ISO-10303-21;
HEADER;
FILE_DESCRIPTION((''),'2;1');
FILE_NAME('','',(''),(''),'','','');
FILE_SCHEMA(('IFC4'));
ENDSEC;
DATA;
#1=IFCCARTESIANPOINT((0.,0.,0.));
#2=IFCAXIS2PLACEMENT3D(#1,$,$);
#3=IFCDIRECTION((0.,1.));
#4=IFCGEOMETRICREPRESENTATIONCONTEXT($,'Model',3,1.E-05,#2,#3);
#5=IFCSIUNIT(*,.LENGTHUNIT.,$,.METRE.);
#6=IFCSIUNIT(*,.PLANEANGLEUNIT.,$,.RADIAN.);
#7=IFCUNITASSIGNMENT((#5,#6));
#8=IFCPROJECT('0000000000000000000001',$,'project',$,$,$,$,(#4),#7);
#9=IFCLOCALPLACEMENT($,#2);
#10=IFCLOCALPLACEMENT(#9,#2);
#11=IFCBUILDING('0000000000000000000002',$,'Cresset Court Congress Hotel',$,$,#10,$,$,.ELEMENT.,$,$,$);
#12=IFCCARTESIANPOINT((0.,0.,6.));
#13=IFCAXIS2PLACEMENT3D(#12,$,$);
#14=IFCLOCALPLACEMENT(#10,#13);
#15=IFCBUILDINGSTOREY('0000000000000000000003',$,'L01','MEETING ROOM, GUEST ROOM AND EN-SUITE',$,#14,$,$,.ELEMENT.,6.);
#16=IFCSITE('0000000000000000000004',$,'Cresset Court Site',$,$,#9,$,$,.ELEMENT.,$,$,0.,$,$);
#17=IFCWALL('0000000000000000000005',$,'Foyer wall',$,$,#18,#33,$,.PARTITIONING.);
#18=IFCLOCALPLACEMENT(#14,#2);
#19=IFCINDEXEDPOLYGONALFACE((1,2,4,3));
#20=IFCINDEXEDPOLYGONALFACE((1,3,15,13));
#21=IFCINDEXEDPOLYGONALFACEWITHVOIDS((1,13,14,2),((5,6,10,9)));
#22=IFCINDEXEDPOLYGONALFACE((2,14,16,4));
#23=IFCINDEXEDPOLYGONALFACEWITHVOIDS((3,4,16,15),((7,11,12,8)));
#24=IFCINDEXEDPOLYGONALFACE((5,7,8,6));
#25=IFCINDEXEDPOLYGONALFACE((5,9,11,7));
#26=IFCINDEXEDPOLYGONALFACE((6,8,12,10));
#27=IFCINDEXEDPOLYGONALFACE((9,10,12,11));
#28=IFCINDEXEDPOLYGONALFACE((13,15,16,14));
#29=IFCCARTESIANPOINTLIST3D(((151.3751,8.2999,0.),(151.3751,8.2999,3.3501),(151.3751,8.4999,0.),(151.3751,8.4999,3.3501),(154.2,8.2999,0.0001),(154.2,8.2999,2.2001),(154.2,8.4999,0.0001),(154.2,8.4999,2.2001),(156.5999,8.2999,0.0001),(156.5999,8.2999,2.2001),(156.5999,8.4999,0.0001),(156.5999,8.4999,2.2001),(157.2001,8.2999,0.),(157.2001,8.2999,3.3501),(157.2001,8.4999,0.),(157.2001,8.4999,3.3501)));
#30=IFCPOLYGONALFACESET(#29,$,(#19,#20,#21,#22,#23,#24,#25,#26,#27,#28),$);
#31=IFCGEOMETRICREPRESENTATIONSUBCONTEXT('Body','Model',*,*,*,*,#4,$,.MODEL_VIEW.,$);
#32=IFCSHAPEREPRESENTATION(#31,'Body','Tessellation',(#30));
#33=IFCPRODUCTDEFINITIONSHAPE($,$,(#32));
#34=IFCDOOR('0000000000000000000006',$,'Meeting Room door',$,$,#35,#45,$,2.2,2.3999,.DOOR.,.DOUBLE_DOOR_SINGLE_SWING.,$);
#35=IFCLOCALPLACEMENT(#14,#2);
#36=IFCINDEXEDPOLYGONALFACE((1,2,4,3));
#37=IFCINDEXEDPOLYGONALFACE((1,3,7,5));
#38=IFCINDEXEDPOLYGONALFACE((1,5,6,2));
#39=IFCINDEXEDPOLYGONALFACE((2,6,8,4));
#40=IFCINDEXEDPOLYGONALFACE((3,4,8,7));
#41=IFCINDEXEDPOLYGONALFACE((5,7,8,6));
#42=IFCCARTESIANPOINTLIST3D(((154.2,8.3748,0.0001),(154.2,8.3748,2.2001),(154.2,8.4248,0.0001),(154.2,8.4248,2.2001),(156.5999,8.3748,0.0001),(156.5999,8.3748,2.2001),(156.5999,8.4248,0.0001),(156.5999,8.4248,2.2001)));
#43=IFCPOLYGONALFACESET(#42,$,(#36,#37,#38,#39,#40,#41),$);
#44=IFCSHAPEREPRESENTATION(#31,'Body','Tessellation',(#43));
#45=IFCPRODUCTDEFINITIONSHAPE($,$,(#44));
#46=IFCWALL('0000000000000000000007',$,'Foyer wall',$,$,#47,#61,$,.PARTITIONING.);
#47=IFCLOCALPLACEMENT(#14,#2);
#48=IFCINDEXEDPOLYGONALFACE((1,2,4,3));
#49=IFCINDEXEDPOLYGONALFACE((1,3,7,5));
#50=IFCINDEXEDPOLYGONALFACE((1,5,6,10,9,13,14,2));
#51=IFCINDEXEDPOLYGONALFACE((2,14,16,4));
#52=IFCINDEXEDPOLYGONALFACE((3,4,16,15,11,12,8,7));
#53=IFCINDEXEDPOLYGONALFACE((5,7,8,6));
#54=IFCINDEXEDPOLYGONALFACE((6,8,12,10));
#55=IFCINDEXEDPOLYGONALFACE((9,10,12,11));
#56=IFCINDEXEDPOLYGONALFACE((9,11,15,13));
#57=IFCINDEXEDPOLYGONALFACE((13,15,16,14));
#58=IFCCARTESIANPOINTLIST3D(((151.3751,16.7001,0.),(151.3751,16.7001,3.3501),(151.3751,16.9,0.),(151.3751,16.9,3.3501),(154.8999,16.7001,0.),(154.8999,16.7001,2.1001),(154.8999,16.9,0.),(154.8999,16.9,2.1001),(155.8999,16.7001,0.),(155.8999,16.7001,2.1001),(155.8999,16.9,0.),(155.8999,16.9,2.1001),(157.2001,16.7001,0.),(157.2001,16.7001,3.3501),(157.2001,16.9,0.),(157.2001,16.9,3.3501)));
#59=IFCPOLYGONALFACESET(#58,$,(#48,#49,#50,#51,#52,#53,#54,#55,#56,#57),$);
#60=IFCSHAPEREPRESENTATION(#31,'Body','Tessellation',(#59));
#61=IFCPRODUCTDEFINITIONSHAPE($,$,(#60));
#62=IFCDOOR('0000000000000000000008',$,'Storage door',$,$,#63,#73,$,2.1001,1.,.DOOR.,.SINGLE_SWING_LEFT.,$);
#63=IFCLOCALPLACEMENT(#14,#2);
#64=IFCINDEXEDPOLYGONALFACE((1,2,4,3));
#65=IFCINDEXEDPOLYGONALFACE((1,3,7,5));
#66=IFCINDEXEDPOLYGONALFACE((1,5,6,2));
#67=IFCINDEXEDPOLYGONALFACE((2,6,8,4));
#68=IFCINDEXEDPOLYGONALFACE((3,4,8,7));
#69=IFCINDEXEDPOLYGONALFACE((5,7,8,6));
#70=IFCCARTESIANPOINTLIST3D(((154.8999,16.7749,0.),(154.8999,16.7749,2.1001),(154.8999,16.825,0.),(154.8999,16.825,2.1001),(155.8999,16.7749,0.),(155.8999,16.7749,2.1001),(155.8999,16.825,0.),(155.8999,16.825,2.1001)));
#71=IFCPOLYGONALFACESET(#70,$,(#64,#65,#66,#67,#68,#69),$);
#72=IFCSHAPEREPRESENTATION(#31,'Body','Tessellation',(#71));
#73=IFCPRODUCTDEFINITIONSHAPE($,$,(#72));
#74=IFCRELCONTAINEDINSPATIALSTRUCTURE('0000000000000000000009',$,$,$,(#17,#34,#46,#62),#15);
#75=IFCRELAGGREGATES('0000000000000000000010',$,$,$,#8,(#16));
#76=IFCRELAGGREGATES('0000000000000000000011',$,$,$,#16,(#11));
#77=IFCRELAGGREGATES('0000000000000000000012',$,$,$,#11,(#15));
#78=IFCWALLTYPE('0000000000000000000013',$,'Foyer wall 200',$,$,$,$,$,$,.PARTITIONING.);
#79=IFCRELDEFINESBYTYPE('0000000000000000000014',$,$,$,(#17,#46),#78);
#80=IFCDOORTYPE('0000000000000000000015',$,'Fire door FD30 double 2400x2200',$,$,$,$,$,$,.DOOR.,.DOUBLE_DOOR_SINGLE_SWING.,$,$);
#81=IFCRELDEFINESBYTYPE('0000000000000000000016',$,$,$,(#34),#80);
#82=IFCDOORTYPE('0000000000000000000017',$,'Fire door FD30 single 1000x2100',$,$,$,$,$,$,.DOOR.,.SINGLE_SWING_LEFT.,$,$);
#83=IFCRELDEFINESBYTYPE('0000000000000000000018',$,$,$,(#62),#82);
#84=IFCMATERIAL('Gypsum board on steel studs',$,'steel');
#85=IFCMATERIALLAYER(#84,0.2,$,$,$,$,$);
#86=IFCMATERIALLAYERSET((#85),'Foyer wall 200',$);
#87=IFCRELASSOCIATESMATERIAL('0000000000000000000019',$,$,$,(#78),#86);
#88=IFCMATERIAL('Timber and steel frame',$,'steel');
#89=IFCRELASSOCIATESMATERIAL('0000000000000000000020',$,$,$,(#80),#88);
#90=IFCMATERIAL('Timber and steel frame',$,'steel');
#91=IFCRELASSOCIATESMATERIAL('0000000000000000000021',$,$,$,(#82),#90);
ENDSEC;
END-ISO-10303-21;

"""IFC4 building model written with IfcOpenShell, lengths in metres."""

from ifc_helpers import new_model, si_unit, direction, frame, frame_2d, origin, place, context, subcontext, project, spatial, rectangle, extrude, material, layer, layer_set, type_object, element, fill, save


model = new_model("IFC4")

# Units and contexts
model_context = context("Model", 3, precision=1e-05, world=origin(), true_north=direction((0.0, 1.0)))
body_context = subcontext(model_context, "Body", "Model", "MODEL_VIEW")
ifc_project = project(units=[si_unit("LENGTHUNIT", "METRE"), si_unit("PLANEANGLEUNIT", "RADIAN")], contexts=[model_context])

# Site, building, storey
site_placement = place(None, origin())
site = spatial("IfcSite", under=ifc_project, at=site_placement, Name="Cresset Court Site", CompositionType="ELEMENT", RefElevation=0.0)
building_placement = place(site_placement, origin())
building = spatial("IfcBuilding", under=site, at=building_placement, Name="Cresset Court Congress Hotel", CompositionType="ELEMENT")
storey_placement = place(building_placement, frame((0.0, 0.0, 6.0)))
storey = spatial("IfcBuildingStorey", under=building, at=storey_placement, Name="L01", Description="MEETING ROOM, GUEST ROOM AND EN-SUITE", CompositionType="ELEMENT", Elevation=6.0)

# Walls, openings, doors
ifc_material_1 = material(Name="Gypsum board on steel studs", Category="steel")
ifc_layer_1 = layer(ifc_material_1, 0.2)
ifc_layer_set_1 = layer_set([ifc_layer_1], Name="Foyer wall 200")
wall_type_1 = type_object("IfcWallType", Name="Foyer wall 200", PredefinedType="PARTITIONING", material=ifc_layer_set_1)
wall_1_placement = place(storey_placement, frame((151.375, 8.3999, 0.0), z_axis=(0.0, 0.0, 1.0), x_axis=(1.0, 0.0, 0.0)))
wall_1 = element("IfcWall", 1, at=wall_1_placement, inside=storey, type_object=wall_type_1, Name="Foyer wall", PredefinedType="PARTITIONING", context=body_context, shape_type="SweptSolid", body=[
    extrude(rectangle(XDim=5.825, YDim=0.2, at=frame_2d((2.9126, 0.0))), origin(), (0.0, 0.0, 1.0), 3.3501),
])
opening_1_placement = place(wall_1_placement, frame((2.825, 0.0, 0.0)))
opening_1 = element("IfcOpeningElement", 2, at=opening_1_placement, cuts=wall_1, PredefinedType="OPENING", context=body_context, shape_type="SweptSolid", body=[
    extrude(rectangle(XDim=2.3999, YDim=2.2, at=frame_2d((1.2, 1.1001))), frame((0.0, 0.1099, 0.0), z_axis=(0.0, -1.0, 0.0), x_axis=(1.0, 0.0, 0.0)), (0.0, 0.0, 1.0), 0.22),
])
ifc_material_2 = material(Name="Timber and steel frame", Category="steel")
door_type_1 = type_object("IfcDoorType", Name="Fire door FD30 double 2400x2200", OperationType="DOUBLE_DOOR_SINGLE_SWING", PredefinedType="DOOR", material=ifc_material_2)
door_1_placement = place(opening_1_placement, origin())
door_1 = element("IfcDoor", 3, at=door_1_placement, inside=storey, type_object=door_type_1, Name="Meeting Room door", OperationType="DOUBLE_DOOR_SINGLE_SWING", OverallHeight=2.2, OverallWidth=2.3999, PredefinedType="DOOR", context=body_context, shape_type="SweptSolid", body=[
    extrude(rectangle(XDim=2.3999, YDim=2.2, at=frame_2d((1.2, 1.1001))), frame((0.0, 0.0249, 0.0), z_axis=(0.0, -1.0, 0.0), x_axis=(1.0, 0.0, 0.0)), (0.0, 0.0, 1.0), 0.05),
])
fill(opening_1, door_1)
wall_2_placement = place(storey_placement, frame((151.375, 16.8, 0.0), z_axis=(0.0, 0.0, 1.0), x_axis=(1.0, 0.0, 0.0)))
wall_2 = element("IfcWall", 4, at=wall_2_placement, inside=storey, type_object=wall_type_1, Name="Foyer wall", PredefinedType="PARTITIONING", context=body_context, shape_type="SweptSolid", body=[
    extrude(rectangle(XDim=5.825, YDim=0.2, at=frame_2d((2.9126, 0.0))), origin(), (0.0, 0.0, 1.0), 3.3501),
])
opening_2_placement = place(wall_2_placement, frame((3.5249, 0.0, 0.0)))
opening_2 = element("IfcOpeningElement", 5, at=opening_2_placement, cuts=wall_2, PredefinedType="OPENING", context=body_context, shape_type="SweptSolid", body=[
    extrude(rectangle(XDim=1.0, YDim=2.1001, at=frame_2d((0.5, 1.05))), frame((0.0, 0.1099, 0.0), z_axis=(0.0, -1.0, 0.0), x_axis=(1.0, 0.0, 0.0)), (0.0, 0.0, 1.0), 0.22),
])
ifc_material_3 = material(Name="Timber and steel frame", Category="steel")
door_type_2 = type_object("IfcDoorType", Name="Fire door FD30 single 1000x2100", OperationType="SINGLE_SWING_LEFT", PredefinedType="DOOR", material=ifc_material_3)
door_2_placement = place(opening_2_placement, origin())
door_2 = element("IfcDoor", 6, at=door_2_placement, inside=storey, type_object=door_type_2, Name="Storage door", OperationType="SINGLE_SWING_LEFT", OverallHeight=2.1001, OverallWidth=1.0, PredefinedType="DOOR", context=body_context, shape_type="SweptSolid", body=[
    extrude(rectangle(XDim=1.0, YDim=2.1001, at=frame_2d((0.5, 1.05))), frame((0.0, 0.0249, 0.0), z_axis=(0.0, -1.0, 0.0), x_axis=(1.0, 0.0, 0.0)), (0.0, 0.0, 1.0), 0.05),
])
fill(opening_2, door_2)

save(model, "model.ifc")
